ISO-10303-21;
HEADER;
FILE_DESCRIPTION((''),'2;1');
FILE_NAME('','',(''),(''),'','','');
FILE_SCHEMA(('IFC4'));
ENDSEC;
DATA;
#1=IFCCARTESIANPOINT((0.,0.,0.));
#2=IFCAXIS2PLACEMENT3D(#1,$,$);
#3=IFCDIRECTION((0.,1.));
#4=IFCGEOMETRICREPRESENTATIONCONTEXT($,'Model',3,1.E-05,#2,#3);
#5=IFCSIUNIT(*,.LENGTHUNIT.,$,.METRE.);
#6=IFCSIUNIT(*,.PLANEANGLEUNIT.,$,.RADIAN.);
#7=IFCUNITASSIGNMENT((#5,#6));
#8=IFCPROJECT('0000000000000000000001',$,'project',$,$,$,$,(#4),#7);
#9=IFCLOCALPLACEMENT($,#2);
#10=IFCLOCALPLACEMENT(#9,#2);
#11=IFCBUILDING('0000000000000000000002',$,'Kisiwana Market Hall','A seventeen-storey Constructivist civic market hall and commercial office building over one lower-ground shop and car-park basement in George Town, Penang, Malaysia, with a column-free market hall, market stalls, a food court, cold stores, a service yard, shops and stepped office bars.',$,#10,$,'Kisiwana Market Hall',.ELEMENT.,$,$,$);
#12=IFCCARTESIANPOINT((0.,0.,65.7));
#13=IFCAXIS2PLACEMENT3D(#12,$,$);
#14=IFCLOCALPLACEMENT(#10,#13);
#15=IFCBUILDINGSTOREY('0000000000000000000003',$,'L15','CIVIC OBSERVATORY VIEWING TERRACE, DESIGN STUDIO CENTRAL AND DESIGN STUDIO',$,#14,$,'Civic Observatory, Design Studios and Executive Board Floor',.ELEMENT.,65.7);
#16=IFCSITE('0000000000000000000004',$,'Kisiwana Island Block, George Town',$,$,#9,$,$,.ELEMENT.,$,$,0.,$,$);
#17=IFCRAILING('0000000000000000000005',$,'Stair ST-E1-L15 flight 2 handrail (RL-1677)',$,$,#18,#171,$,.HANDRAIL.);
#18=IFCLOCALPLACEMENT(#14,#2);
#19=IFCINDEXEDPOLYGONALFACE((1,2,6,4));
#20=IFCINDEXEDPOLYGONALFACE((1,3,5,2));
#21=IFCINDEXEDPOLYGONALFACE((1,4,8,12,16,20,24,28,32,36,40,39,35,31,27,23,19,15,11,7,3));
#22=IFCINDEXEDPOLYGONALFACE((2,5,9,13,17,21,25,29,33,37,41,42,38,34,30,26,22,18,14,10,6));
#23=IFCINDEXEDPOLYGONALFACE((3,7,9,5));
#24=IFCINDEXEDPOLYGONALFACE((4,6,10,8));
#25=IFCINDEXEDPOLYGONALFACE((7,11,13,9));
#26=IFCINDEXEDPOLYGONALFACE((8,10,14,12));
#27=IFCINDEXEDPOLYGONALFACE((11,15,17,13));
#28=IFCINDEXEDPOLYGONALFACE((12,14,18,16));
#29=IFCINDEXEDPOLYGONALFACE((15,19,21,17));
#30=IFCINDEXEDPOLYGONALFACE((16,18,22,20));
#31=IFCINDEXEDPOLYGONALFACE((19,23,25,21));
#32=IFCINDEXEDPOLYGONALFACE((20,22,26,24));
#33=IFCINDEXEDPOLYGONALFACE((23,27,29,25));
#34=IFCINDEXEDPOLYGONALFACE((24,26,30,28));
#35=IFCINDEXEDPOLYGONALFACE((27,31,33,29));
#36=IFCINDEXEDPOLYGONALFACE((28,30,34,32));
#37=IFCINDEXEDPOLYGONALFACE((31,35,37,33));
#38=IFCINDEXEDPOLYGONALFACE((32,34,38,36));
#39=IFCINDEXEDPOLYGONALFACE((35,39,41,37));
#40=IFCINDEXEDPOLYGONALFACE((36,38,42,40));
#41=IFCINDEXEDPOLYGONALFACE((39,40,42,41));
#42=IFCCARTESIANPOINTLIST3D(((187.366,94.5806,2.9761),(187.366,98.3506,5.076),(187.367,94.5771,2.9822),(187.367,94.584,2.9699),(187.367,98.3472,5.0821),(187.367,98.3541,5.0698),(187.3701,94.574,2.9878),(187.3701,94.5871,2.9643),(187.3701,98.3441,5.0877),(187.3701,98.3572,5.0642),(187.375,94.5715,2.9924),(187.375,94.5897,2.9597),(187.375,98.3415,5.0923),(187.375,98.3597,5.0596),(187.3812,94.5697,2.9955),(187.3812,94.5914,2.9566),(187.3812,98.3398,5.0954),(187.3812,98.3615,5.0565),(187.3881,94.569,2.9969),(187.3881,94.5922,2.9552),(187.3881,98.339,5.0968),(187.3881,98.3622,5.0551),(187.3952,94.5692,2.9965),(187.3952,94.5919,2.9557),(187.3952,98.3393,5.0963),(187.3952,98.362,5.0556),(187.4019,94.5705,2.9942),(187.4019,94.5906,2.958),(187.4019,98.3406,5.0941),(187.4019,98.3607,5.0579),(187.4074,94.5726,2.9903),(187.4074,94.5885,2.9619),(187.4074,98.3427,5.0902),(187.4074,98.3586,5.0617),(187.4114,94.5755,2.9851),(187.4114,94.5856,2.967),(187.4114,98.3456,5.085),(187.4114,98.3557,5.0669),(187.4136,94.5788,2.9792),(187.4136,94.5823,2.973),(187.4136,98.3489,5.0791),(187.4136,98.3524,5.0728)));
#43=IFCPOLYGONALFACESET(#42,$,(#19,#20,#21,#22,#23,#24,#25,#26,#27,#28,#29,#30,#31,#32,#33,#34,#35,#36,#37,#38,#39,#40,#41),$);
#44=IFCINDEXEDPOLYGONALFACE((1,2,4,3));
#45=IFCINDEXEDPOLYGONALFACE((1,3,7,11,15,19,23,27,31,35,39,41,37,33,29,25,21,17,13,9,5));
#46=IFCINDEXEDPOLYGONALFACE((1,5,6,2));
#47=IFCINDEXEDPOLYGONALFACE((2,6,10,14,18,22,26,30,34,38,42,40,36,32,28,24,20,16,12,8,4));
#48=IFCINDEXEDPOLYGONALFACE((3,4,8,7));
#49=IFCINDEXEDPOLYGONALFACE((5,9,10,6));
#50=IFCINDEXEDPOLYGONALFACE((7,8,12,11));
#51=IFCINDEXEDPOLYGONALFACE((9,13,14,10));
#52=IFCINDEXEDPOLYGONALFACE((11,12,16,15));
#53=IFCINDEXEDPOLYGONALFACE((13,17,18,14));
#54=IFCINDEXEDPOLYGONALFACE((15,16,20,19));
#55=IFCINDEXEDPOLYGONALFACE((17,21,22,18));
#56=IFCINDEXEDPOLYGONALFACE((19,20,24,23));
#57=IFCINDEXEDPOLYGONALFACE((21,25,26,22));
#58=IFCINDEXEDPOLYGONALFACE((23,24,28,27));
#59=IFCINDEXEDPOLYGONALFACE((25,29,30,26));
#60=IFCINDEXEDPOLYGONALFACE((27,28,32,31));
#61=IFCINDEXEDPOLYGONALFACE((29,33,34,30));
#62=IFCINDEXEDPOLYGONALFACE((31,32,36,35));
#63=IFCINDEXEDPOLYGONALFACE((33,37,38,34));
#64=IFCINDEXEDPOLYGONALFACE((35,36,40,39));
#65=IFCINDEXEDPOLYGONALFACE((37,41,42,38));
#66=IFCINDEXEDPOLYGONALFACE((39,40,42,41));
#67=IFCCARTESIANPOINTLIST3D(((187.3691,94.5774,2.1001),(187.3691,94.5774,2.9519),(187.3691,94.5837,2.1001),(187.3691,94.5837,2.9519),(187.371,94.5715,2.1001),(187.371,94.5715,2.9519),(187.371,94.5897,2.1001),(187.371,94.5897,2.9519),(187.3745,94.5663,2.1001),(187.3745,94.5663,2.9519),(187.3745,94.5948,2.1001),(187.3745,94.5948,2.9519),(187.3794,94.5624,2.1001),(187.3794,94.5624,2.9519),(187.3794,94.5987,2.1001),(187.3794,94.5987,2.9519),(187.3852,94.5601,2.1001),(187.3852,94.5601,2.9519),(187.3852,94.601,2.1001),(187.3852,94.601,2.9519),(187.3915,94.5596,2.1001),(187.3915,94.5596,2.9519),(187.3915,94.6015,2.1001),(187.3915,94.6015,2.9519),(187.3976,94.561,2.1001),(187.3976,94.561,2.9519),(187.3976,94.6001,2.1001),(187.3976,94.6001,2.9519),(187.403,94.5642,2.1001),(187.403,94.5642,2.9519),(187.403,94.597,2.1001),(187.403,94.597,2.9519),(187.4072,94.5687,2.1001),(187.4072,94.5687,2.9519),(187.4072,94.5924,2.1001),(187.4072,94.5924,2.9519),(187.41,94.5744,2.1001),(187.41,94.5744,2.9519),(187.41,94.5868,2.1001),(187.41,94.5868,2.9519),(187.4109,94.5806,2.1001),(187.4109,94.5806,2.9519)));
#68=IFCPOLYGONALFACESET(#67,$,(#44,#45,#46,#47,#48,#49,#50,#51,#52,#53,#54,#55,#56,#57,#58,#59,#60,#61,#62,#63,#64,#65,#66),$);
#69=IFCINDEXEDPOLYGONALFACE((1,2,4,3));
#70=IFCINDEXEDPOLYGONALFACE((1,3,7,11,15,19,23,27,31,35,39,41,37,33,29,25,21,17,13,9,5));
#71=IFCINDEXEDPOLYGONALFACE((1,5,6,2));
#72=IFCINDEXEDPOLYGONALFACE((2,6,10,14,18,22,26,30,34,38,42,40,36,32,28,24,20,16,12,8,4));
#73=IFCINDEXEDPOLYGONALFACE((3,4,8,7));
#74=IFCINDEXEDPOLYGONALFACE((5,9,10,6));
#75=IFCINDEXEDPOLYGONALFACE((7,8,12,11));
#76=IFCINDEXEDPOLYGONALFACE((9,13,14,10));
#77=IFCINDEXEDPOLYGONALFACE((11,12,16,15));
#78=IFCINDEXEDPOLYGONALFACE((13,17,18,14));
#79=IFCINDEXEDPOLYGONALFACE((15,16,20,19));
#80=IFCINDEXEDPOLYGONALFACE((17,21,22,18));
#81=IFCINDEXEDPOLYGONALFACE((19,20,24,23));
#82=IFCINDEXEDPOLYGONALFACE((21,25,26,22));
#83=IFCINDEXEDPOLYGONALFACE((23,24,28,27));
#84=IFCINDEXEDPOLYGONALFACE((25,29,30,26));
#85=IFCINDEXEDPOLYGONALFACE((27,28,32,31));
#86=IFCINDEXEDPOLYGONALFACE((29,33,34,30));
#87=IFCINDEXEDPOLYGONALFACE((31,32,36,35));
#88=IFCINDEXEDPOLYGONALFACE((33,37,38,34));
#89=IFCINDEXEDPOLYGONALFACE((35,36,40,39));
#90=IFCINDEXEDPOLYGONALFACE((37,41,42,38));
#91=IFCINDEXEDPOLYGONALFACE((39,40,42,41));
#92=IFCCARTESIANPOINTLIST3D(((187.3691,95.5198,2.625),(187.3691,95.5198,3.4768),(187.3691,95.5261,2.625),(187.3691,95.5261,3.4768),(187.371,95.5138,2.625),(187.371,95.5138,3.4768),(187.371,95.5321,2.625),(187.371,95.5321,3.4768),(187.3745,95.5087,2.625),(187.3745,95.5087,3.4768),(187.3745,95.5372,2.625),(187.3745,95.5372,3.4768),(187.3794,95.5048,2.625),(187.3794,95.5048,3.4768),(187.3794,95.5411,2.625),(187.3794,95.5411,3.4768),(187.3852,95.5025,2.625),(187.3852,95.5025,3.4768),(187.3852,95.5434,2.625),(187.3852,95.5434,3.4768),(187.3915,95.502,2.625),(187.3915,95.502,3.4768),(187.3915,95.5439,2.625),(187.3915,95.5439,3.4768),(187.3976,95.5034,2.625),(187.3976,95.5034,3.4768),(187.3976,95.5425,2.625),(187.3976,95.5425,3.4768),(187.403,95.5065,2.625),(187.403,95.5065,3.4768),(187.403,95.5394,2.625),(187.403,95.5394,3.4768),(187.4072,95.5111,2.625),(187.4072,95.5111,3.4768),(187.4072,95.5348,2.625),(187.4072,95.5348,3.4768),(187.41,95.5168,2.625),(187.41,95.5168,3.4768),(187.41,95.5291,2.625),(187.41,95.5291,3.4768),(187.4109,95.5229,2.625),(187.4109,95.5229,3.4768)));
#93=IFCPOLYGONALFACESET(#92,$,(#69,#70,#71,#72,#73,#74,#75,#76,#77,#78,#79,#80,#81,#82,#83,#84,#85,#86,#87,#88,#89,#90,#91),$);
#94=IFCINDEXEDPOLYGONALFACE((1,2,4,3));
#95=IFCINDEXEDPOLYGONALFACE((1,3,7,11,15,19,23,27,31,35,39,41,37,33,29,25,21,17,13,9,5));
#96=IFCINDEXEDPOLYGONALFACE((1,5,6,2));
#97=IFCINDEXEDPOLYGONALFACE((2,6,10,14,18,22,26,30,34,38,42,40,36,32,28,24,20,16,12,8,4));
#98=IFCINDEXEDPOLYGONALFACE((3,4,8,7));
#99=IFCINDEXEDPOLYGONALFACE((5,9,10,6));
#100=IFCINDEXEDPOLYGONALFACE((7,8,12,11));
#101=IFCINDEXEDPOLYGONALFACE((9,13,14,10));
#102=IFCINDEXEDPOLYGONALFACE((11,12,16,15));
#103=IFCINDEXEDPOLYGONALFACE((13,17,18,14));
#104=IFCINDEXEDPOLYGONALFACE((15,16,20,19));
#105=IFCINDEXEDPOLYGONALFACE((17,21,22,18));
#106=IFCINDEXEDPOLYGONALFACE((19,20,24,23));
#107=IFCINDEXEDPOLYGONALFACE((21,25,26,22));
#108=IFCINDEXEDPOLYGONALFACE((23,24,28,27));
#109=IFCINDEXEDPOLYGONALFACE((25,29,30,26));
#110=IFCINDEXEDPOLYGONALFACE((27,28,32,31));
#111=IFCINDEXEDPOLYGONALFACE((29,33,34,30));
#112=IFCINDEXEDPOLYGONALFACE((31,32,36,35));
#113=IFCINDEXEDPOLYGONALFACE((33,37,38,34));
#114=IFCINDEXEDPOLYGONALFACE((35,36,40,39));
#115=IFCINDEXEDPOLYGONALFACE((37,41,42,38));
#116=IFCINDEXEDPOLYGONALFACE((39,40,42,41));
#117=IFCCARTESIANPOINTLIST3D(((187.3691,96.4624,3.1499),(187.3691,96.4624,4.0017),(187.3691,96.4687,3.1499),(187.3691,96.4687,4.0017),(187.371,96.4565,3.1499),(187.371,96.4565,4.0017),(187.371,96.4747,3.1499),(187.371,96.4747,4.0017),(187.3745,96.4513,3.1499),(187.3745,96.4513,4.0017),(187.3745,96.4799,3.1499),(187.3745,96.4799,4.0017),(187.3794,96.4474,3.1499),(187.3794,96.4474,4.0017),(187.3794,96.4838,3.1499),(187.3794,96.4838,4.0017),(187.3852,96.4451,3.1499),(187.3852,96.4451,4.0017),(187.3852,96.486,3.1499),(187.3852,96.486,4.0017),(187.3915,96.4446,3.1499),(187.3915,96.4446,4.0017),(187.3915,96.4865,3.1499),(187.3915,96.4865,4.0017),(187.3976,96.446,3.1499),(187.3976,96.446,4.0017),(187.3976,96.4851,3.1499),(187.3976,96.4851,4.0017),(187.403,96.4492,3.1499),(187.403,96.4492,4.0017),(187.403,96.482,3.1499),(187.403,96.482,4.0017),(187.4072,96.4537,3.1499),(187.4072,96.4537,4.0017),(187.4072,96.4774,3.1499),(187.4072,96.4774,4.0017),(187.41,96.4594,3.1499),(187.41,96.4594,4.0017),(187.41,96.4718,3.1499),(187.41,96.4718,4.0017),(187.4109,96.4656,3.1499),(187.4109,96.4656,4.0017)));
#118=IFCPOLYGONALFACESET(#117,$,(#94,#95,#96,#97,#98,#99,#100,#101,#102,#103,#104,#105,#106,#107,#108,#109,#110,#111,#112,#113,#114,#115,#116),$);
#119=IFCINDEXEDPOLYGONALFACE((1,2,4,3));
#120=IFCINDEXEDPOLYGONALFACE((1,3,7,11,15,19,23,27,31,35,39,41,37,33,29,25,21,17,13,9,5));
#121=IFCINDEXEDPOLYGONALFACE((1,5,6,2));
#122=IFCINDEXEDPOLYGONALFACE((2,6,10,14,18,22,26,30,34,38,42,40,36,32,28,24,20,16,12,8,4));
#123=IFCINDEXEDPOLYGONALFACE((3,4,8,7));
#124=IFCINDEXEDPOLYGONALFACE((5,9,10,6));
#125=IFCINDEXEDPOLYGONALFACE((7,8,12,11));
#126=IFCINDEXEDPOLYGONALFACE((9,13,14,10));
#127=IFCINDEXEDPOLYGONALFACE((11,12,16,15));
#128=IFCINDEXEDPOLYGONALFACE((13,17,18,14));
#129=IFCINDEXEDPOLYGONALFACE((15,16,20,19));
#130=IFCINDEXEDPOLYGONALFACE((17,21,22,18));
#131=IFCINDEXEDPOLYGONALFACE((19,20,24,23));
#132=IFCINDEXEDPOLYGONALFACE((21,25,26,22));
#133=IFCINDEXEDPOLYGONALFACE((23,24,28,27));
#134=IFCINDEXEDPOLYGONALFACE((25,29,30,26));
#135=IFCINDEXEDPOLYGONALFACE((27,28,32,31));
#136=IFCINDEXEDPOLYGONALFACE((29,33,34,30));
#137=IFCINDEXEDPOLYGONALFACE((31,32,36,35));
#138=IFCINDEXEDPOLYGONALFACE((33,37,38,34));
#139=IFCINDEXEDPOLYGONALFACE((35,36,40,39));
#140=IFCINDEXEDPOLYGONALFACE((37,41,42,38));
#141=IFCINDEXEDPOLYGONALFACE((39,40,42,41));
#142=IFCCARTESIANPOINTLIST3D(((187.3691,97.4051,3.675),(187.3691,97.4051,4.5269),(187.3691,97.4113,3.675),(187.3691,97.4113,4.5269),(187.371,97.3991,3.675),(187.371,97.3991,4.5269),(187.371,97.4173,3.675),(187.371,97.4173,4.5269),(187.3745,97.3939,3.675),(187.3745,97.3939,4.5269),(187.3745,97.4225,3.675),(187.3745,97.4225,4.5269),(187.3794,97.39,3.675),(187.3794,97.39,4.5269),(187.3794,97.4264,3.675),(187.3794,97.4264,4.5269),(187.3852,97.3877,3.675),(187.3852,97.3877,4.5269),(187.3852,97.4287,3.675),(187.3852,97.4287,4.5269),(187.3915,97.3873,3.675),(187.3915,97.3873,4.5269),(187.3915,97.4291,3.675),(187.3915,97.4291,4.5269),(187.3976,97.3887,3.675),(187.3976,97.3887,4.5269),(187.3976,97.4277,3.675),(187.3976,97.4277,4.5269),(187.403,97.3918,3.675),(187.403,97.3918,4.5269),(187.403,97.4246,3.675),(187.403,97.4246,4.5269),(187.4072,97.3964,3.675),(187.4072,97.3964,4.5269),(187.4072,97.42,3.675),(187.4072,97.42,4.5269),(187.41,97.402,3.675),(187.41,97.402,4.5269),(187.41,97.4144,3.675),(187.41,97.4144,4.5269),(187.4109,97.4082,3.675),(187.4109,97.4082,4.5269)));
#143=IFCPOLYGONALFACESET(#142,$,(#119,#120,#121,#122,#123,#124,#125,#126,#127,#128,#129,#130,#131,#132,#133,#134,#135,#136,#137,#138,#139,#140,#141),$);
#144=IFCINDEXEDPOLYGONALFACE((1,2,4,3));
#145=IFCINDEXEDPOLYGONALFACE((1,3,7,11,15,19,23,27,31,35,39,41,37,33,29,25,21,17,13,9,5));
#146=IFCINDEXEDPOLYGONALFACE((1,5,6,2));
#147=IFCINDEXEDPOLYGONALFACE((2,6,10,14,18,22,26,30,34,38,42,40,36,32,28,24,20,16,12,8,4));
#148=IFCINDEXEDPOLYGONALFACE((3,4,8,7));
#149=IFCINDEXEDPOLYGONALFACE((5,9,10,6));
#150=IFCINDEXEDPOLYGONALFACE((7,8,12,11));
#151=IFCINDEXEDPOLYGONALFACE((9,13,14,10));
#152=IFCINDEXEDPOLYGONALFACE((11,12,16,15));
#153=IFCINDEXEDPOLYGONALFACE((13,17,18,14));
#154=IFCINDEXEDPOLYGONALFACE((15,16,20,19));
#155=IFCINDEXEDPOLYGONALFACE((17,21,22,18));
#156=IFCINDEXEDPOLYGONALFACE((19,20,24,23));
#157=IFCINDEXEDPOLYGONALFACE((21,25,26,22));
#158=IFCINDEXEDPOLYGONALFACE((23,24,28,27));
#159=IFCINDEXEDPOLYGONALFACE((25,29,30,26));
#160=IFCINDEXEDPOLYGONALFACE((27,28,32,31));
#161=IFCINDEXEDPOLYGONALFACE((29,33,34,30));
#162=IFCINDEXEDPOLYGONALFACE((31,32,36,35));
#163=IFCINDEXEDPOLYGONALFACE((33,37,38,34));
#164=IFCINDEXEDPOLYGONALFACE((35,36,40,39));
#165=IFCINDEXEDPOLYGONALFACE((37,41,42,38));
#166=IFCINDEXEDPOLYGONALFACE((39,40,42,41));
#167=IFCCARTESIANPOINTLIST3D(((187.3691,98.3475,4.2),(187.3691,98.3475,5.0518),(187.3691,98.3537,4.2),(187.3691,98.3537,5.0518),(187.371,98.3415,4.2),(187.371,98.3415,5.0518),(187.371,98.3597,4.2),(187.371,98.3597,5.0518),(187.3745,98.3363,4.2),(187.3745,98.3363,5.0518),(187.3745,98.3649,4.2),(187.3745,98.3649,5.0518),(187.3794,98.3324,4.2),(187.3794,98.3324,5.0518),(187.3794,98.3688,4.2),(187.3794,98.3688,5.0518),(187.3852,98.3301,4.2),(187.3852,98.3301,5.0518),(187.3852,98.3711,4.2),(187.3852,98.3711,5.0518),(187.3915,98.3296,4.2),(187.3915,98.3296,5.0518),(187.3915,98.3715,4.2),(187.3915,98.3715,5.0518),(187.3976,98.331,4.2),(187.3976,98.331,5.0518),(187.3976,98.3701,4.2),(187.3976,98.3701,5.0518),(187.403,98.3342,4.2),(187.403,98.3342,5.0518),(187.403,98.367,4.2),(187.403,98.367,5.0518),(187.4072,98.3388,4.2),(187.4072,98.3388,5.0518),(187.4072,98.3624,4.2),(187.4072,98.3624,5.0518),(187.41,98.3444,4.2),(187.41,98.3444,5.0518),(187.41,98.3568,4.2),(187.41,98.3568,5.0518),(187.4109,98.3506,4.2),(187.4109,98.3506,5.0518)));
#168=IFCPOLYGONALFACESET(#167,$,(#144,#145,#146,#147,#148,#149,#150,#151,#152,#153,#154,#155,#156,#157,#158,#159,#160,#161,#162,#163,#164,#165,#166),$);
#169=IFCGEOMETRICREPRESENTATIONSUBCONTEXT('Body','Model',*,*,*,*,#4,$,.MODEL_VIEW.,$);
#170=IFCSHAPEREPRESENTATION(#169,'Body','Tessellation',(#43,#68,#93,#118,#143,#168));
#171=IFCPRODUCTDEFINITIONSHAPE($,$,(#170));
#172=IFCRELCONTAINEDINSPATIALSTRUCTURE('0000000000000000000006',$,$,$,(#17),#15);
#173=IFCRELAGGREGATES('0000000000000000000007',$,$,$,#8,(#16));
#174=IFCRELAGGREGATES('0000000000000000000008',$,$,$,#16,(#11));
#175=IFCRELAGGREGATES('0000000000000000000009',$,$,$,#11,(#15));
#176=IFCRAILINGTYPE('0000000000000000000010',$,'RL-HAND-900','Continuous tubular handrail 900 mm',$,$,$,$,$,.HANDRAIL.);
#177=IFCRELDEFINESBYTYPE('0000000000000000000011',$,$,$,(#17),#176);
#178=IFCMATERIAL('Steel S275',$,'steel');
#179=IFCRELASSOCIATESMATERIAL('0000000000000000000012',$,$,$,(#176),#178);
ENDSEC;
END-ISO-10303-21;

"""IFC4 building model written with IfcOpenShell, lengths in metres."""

from ifc_helpers import new_model, si_unit, direction, frame, origin, origin_2d, place, context, subcontext, project, spatial, circle, extrude, material, type_object, element, save


model = new_model("IFC4")

# Units and contexts
model_context = context("Model", 3, precision=1e-05, world=origin(), true_north=direction((0.0, 1.0)))
body_context = subcontext(model_context, "Body", "Model", "MODEL_VIEW")
ifc_project = project(units=[si_unit("LENGTHUNIT", "METRE"), si_unit("PLANEANGLEUNIT", "RADIAN")], contexts=[model_context])

# Site, building, storey
site_placement = place(None, origin())
site = spatial("IfcSite", under=ifc_project, at=site_placement, Name="Kisiwana Island Block, George Town", CompositionType="ELEMENT", RefElevation=0.0)
building_placement = place(site_placement, origin())
building = spatial("IfcBuilding", under=site, at=building_placement, Name="Kisiwana Market Hall", Description="A seventeen-storey Constructivist civic market hall and commercial office building over one lower-ground shop and car-park basement in George Town, Penang, Malaysia, with a column-free market hall, market stalls, a food court, cold stores, a service yard, shops and stepped office bars.", LongName="Kisiwana Market Hall", CompositionType="ELEMENT")
storey_placement = place(building_placement, frame((0.0, 0.0, 65.7)))
storey = spatial("IfcBuildingStorey", under=building, at=storey_placement, Name="L15", Description="CIVIC OBSERVATORY VIEWING TERRACE, DESIGN STUDIO CENTRAL AND DESIGN STUDIO", LongName="Civic Observatory, Design Studios and Executive Board Floor", CompositionType="ELEMENT", Elevation=65.7)

# Railing
ifc_material_1 = material(Name="Steel S275", Category="steel")
railing_type_1 = type_object("IfcRailingType", Name="RL-HAND-900", Description="Continuous tubular handrail 900 mm", PredefinedType="HANDRAIL", material=ifc_material_1)
railing_1_placement = place(storey_placement, frame((187.3899, 94.5806, 2.1001)))
element("IfcRailing", 1, at=railing_1_placement, inside=storey, type_object=railing_type_1, Name="Stair ST-E1-L15 flight 2 handrail (RL-1677)", PredefinedType="HANDRAIL", context=body_context, shape_type="SweptSolid", body=[
    extrude(circle(Radius=0.0239, at=origin_2d()), frame((0.0, 0.0, 0.876), z_axis=(0.0, 0.873626, 0.486599), x_axis=(-1.0, 0.0, 0.0)), (0.0, 0.0, 1.0), 4.3154),
    extrude(circle(Radius=0.021, at=origin_2d()), origin(), (0.0, 0.0, 1.0), 0.8518),
    extrude(circle(Radius=0.021, at=origin_2d()), frame((0.0, 0.9424, 0.5249)), (0.0, 0.0, 1.0), 0.8518),
    extrude(circle(Radius=0.021, at=origin_2d()), frame((0.0, 1.885, 1.0498)), (0.0, 0.0, 1.0), 0.8518),
    extrude(circle(Radius=0.021, at=origin_2d()), frame((0.0, 2.8276, 1.575)), (0.0, 0.0, 1.0), 0.8518),
    extrude(circle(Radius=0.021, at=origin_2d()), frame((0.0, 3.77, 2.0999)), (0.0, 0.0, 1.0), 0.8518),
])

save(model, "model.ifc")
